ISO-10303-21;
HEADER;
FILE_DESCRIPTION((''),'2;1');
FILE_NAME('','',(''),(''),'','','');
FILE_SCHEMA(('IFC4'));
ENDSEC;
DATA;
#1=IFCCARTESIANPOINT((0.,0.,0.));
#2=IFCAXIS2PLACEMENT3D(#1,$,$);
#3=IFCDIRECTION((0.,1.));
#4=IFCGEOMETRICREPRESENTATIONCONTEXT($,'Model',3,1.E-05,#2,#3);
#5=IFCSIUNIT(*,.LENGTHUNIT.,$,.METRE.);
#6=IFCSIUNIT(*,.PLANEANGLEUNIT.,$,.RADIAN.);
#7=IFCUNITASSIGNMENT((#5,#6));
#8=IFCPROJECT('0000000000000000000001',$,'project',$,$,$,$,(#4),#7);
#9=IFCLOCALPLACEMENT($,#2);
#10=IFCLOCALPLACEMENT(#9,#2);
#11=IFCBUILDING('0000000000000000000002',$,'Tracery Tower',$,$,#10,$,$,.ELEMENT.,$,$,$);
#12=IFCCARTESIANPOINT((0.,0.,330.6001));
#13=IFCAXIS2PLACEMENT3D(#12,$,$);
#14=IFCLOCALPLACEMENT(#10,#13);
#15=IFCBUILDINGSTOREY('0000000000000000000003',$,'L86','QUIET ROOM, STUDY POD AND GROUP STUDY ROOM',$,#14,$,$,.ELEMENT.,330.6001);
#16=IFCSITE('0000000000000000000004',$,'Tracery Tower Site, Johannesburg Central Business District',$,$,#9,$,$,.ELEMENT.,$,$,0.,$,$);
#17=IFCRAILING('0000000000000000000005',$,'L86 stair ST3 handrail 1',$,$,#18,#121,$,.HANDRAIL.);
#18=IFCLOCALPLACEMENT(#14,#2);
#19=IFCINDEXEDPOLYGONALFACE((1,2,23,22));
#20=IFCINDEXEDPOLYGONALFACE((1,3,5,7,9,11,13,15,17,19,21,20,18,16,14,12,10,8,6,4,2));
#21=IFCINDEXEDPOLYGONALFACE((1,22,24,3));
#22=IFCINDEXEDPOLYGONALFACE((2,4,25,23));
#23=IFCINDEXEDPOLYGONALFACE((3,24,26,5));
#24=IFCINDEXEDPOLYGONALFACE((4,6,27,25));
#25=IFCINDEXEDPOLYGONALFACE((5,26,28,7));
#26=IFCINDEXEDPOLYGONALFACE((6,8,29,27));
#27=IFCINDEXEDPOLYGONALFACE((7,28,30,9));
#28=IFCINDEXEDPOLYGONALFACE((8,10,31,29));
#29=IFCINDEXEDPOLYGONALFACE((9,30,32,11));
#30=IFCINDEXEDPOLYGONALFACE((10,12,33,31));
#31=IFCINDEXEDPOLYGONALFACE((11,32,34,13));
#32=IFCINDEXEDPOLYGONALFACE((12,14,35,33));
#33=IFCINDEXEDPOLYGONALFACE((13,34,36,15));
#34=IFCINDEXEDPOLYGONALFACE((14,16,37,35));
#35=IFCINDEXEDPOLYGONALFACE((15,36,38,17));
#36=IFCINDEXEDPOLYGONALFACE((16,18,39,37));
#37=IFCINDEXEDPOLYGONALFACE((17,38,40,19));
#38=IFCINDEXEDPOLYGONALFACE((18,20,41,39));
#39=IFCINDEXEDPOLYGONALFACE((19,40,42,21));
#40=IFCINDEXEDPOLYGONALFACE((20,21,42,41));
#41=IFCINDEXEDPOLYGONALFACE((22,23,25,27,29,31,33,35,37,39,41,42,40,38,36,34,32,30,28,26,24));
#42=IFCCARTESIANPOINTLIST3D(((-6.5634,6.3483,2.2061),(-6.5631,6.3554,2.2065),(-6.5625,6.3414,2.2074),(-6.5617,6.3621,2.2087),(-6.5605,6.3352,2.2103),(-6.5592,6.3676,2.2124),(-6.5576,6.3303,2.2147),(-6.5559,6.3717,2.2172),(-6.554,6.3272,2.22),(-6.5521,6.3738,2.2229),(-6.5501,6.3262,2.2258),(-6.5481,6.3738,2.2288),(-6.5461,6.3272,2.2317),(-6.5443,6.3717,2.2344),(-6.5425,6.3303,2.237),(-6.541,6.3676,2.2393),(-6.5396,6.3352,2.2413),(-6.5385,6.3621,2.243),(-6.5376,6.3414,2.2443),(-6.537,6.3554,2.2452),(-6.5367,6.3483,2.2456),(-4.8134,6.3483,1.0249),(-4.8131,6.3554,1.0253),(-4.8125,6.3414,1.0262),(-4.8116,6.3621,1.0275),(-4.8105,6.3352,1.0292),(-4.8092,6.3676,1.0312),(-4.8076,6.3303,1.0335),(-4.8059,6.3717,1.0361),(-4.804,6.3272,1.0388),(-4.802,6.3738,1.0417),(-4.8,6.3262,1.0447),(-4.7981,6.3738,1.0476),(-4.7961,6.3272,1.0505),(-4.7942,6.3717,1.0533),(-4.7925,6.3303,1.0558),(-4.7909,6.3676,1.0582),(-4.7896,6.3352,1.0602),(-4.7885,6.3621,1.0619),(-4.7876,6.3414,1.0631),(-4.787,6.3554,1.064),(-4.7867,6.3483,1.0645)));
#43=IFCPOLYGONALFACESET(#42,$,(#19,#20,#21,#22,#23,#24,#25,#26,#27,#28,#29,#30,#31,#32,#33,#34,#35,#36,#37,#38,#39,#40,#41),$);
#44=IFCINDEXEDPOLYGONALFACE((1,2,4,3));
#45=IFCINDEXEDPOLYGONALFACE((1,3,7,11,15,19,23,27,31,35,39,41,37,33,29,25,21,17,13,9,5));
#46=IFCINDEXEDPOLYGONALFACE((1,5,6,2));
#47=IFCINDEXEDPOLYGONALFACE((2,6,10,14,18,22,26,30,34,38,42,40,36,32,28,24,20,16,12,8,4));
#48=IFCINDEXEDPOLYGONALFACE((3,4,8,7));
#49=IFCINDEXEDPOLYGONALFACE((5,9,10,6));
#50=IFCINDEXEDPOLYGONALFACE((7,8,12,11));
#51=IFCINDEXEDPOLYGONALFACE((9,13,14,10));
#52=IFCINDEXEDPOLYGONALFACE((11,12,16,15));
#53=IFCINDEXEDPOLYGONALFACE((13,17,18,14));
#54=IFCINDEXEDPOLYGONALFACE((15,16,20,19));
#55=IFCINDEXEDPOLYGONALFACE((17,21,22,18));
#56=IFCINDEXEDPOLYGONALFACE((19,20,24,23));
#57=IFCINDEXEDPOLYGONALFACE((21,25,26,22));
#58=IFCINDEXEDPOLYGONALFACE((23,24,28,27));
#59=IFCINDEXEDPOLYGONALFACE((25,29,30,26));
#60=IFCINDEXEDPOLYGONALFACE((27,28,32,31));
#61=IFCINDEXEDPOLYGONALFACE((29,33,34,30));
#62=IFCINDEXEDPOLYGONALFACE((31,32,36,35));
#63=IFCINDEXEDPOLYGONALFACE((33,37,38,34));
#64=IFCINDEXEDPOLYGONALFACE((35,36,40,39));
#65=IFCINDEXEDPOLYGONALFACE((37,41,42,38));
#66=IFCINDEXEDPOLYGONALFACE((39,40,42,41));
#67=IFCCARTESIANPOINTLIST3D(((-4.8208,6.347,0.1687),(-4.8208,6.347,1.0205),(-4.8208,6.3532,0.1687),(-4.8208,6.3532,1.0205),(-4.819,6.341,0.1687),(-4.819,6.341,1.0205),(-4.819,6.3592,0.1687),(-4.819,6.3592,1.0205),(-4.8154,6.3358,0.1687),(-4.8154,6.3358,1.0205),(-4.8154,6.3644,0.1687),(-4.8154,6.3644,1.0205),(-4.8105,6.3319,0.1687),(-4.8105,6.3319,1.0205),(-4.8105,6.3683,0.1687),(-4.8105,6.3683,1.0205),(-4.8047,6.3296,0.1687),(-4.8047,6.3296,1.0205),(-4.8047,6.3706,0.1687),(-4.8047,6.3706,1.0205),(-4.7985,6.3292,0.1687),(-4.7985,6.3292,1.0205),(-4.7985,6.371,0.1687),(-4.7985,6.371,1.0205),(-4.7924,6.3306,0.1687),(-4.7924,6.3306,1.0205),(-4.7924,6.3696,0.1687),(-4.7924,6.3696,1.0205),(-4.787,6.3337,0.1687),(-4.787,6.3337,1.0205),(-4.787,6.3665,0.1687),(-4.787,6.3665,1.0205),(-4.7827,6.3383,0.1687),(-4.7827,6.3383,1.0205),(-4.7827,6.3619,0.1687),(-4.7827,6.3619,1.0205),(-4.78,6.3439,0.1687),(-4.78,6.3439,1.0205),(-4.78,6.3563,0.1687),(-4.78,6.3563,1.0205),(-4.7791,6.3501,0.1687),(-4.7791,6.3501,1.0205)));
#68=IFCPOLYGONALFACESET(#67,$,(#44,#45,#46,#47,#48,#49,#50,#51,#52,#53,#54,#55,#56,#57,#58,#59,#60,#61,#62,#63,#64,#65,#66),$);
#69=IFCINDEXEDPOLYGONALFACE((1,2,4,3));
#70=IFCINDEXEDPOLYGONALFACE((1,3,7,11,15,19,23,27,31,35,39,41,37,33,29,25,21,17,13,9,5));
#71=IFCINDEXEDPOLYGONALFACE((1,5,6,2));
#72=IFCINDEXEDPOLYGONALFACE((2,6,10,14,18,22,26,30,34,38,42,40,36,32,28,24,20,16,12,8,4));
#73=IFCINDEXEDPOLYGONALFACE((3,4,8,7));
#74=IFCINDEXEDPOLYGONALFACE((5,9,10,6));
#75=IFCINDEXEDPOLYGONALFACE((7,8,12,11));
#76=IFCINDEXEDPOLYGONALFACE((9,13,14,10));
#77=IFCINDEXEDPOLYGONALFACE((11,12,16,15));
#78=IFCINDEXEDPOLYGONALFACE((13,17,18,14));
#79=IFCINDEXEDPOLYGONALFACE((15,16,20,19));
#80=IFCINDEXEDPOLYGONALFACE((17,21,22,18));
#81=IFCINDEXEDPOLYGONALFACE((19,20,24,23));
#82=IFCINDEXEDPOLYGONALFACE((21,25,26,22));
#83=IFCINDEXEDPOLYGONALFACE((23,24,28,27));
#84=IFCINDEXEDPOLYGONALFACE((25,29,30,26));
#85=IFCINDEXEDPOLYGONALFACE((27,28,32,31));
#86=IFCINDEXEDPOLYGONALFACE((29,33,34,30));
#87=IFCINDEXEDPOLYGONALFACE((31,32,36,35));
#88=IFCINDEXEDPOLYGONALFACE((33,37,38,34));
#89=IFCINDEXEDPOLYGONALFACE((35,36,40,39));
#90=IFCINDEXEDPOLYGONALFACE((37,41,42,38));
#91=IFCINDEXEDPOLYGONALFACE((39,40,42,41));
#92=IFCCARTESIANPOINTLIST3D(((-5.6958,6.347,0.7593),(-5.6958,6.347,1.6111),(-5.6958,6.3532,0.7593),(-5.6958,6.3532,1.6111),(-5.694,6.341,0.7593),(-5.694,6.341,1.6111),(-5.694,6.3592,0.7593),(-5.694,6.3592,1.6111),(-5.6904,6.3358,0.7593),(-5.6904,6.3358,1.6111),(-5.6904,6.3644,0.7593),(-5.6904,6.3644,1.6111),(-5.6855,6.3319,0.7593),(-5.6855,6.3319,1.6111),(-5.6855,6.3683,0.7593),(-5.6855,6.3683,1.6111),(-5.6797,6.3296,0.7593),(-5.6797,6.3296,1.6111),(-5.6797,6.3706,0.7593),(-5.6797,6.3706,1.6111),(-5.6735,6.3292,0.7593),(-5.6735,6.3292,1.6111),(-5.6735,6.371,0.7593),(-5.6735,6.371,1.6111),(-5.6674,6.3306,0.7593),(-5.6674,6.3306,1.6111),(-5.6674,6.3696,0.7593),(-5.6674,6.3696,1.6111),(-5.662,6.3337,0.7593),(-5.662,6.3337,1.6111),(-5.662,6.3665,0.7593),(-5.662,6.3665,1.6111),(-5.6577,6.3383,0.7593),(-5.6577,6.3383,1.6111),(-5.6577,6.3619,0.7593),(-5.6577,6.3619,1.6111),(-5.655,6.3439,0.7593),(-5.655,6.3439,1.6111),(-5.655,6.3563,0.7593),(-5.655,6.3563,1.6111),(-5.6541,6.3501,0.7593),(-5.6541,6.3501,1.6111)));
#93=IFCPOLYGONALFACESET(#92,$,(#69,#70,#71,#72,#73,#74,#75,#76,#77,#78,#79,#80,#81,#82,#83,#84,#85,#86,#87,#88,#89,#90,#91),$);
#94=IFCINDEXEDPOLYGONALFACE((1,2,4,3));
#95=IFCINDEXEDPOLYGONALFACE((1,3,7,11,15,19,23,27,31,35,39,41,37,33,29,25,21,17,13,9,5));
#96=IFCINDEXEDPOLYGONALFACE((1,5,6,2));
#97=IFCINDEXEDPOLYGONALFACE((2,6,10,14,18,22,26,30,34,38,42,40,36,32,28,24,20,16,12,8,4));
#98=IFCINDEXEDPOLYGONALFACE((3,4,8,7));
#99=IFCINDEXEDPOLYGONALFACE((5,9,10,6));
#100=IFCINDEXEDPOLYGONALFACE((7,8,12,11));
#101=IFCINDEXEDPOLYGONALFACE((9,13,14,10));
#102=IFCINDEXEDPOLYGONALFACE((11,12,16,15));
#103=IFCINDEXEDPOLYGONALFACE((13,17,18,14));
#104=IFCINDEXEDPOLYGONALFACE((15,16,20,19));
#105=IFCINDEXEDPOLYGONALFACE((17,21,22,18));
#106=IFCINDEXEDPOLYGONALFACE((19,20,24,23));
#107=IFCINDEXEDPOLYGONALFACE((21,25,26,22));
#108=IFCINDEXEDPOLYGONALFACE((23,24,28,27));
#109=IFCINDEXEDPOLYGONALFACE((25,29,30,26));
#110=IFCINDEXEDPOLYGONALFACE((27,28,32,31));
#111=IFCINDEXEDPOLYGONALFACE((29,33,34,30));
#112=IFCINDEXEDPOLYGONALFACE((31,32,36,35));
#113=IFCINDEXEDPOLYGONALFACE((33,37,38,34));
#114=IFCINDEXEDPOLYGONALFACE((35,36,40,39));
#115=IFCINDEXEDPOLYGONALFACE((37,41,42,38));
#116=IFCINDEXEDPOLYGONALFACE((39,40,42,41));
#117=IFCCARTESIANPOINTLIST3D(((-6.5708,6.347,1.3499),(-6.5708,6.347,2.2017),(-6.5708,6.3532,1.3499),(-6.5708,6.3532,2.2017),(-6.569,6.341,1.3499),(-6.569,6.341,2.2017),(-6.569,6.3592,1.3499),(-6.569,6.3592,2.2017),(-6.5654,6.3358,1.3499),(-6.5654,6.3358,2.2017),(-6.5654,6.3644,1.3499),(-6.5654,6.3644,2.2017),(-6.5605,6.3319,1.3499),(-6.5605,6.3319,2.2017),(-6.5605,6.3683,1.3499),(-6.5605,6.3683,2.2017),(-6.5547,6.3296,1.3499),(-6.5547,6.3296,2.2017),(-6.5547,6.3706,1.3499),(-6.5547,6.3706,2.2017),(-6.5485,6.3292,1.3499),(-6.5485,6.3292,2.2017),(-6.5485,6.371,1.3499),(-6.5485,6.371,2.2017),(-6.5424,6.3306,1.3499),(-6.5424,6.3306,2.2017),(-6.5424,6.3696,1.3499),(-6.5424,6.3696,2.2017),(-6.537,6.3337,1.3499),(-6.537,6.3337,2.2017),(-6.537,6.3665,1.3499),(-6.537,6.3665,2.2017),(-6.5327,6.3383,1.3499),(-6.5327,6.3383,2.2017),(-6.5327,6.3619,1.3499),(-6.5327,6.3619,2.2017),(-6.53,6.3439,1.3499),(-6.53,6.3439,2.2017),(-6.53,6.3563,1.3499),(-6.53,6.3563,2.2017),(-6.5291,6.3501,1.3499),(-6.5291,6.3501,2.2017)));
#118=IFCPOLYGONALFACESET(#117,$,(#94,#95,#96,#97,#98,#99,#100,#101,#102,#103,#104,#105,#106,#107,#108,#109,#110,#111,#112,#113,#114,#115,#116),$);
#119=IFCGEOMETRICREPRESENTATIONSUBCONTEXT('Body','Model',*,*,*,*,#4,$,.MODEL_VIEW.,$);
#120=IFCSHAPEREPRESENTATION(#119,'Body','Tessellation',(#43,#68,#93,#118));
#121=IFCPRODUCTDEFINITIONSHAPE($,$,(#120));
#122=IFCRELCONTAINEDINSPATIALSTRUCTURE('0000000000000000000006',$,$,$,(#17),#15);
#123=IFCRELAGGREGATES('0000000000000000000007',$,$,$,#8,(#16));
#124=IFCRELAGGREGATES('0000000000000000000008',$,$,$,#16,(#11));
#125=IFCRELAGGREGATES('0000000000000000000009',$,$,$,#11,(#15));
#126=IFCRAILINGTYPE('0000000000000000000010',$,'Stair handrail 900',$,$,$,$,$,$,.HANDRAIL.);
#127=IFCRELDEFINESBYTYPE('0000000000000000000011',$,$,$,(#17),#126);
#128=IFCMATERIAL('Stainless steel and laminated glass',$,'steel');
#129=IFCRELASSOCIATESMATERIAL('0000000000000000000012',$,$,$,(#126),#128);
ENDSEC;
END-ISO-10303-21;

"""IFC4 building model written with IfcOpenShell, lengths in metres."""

from ifc_helpers import new_model, si_unit, direction, frame, origin, origin_2d, place, context, subcontext, project, spatial, circle, extrude, material, type_object, element, save


model = new_model("IFC4")

# Units and contexts
model_context = context("Model", 3, precision=1e-05, world=origin(), true_north=direction((0.0, 1.0)))
body_context = subcontext(model_context, "Body", "Model", "MODEL_VIEW")
ifc_project = project(units=[si_unit("LENGTHUNIT", "METRE"), si_unit("PLANEANGLEUNIT", "RADIAN")], contexts=[model_context])

# Site, building, storey
site_placement = place(None, origin())
site = spatial("IfcSite", under=ifc_project, at=site_placement, Name="Tracery Tower Site, Johannesburg Central Business District", CompositionType="ELEMENT", RefElevation=0.0)
building_placement = place(site_placement, origin())
building = spatial("IfcBuilding", under=site, at=building_placement, Name="Tracery Tower", CompositionType="ELEMENT")
storey_placement = place(building_placement, frame((0.0, 0.0, 330.6001)))
storey = spatial("IfcBuildingStorey", under=building, at=storey_placement, Name="L86", Description="QUIET ROOM, STUDY POD AND GROUP STUDY ROOM", CompositionType="ELEMENT", Elevation=330.6001)

# Railing
ifc_material_1 = material(Name="Stainless steel and laminated glass", Category="steel")
railing_type_1 = type_object("IfcRailingType", Name="Stair handrail 900", PredefinedType="HANDRAIL", material=ifc_material_1)
railing_1_placement = place(storey_placement, frame((-4.8, 6.3501, 0.1687)))
element("IfcRailing", 1, at=railing_1_placement, inside=storey, type_object=railing_type_1, Name="L86 stair ST3 handrail 1", PredefinedType="HANDRAIL", context=body_context, shape_type="SweptSolid", body=[
    extrude(circle(Radius=0.0239, at=origin_2d()), frame((0.0, 0.0, 0.876), z_axis=(-0.82887, 0.0, 0.559441), x_axis=(0.0, -1.0, 0.0)), (0.0, 0.0, 1.0), 2.1113),
    extrude(circle(Radius=0.021, at=origin_2d()), origin(), (0.0, 0.0, 1.0), 0.8518),
    extrude(circle(Radius=0.021, at=origin_2d()), frame((-0.875, 0.0, 0.5906)), (0.0, 0.0, 1.0), 0.8518),
    extrude(circle(Radius=0.021, at=origin_2d()), frame((-1.75, 0.0, 1.1812)), (0.0, 0.0, 1.0), 0.8518),
])

save(model, "model.ifc")
